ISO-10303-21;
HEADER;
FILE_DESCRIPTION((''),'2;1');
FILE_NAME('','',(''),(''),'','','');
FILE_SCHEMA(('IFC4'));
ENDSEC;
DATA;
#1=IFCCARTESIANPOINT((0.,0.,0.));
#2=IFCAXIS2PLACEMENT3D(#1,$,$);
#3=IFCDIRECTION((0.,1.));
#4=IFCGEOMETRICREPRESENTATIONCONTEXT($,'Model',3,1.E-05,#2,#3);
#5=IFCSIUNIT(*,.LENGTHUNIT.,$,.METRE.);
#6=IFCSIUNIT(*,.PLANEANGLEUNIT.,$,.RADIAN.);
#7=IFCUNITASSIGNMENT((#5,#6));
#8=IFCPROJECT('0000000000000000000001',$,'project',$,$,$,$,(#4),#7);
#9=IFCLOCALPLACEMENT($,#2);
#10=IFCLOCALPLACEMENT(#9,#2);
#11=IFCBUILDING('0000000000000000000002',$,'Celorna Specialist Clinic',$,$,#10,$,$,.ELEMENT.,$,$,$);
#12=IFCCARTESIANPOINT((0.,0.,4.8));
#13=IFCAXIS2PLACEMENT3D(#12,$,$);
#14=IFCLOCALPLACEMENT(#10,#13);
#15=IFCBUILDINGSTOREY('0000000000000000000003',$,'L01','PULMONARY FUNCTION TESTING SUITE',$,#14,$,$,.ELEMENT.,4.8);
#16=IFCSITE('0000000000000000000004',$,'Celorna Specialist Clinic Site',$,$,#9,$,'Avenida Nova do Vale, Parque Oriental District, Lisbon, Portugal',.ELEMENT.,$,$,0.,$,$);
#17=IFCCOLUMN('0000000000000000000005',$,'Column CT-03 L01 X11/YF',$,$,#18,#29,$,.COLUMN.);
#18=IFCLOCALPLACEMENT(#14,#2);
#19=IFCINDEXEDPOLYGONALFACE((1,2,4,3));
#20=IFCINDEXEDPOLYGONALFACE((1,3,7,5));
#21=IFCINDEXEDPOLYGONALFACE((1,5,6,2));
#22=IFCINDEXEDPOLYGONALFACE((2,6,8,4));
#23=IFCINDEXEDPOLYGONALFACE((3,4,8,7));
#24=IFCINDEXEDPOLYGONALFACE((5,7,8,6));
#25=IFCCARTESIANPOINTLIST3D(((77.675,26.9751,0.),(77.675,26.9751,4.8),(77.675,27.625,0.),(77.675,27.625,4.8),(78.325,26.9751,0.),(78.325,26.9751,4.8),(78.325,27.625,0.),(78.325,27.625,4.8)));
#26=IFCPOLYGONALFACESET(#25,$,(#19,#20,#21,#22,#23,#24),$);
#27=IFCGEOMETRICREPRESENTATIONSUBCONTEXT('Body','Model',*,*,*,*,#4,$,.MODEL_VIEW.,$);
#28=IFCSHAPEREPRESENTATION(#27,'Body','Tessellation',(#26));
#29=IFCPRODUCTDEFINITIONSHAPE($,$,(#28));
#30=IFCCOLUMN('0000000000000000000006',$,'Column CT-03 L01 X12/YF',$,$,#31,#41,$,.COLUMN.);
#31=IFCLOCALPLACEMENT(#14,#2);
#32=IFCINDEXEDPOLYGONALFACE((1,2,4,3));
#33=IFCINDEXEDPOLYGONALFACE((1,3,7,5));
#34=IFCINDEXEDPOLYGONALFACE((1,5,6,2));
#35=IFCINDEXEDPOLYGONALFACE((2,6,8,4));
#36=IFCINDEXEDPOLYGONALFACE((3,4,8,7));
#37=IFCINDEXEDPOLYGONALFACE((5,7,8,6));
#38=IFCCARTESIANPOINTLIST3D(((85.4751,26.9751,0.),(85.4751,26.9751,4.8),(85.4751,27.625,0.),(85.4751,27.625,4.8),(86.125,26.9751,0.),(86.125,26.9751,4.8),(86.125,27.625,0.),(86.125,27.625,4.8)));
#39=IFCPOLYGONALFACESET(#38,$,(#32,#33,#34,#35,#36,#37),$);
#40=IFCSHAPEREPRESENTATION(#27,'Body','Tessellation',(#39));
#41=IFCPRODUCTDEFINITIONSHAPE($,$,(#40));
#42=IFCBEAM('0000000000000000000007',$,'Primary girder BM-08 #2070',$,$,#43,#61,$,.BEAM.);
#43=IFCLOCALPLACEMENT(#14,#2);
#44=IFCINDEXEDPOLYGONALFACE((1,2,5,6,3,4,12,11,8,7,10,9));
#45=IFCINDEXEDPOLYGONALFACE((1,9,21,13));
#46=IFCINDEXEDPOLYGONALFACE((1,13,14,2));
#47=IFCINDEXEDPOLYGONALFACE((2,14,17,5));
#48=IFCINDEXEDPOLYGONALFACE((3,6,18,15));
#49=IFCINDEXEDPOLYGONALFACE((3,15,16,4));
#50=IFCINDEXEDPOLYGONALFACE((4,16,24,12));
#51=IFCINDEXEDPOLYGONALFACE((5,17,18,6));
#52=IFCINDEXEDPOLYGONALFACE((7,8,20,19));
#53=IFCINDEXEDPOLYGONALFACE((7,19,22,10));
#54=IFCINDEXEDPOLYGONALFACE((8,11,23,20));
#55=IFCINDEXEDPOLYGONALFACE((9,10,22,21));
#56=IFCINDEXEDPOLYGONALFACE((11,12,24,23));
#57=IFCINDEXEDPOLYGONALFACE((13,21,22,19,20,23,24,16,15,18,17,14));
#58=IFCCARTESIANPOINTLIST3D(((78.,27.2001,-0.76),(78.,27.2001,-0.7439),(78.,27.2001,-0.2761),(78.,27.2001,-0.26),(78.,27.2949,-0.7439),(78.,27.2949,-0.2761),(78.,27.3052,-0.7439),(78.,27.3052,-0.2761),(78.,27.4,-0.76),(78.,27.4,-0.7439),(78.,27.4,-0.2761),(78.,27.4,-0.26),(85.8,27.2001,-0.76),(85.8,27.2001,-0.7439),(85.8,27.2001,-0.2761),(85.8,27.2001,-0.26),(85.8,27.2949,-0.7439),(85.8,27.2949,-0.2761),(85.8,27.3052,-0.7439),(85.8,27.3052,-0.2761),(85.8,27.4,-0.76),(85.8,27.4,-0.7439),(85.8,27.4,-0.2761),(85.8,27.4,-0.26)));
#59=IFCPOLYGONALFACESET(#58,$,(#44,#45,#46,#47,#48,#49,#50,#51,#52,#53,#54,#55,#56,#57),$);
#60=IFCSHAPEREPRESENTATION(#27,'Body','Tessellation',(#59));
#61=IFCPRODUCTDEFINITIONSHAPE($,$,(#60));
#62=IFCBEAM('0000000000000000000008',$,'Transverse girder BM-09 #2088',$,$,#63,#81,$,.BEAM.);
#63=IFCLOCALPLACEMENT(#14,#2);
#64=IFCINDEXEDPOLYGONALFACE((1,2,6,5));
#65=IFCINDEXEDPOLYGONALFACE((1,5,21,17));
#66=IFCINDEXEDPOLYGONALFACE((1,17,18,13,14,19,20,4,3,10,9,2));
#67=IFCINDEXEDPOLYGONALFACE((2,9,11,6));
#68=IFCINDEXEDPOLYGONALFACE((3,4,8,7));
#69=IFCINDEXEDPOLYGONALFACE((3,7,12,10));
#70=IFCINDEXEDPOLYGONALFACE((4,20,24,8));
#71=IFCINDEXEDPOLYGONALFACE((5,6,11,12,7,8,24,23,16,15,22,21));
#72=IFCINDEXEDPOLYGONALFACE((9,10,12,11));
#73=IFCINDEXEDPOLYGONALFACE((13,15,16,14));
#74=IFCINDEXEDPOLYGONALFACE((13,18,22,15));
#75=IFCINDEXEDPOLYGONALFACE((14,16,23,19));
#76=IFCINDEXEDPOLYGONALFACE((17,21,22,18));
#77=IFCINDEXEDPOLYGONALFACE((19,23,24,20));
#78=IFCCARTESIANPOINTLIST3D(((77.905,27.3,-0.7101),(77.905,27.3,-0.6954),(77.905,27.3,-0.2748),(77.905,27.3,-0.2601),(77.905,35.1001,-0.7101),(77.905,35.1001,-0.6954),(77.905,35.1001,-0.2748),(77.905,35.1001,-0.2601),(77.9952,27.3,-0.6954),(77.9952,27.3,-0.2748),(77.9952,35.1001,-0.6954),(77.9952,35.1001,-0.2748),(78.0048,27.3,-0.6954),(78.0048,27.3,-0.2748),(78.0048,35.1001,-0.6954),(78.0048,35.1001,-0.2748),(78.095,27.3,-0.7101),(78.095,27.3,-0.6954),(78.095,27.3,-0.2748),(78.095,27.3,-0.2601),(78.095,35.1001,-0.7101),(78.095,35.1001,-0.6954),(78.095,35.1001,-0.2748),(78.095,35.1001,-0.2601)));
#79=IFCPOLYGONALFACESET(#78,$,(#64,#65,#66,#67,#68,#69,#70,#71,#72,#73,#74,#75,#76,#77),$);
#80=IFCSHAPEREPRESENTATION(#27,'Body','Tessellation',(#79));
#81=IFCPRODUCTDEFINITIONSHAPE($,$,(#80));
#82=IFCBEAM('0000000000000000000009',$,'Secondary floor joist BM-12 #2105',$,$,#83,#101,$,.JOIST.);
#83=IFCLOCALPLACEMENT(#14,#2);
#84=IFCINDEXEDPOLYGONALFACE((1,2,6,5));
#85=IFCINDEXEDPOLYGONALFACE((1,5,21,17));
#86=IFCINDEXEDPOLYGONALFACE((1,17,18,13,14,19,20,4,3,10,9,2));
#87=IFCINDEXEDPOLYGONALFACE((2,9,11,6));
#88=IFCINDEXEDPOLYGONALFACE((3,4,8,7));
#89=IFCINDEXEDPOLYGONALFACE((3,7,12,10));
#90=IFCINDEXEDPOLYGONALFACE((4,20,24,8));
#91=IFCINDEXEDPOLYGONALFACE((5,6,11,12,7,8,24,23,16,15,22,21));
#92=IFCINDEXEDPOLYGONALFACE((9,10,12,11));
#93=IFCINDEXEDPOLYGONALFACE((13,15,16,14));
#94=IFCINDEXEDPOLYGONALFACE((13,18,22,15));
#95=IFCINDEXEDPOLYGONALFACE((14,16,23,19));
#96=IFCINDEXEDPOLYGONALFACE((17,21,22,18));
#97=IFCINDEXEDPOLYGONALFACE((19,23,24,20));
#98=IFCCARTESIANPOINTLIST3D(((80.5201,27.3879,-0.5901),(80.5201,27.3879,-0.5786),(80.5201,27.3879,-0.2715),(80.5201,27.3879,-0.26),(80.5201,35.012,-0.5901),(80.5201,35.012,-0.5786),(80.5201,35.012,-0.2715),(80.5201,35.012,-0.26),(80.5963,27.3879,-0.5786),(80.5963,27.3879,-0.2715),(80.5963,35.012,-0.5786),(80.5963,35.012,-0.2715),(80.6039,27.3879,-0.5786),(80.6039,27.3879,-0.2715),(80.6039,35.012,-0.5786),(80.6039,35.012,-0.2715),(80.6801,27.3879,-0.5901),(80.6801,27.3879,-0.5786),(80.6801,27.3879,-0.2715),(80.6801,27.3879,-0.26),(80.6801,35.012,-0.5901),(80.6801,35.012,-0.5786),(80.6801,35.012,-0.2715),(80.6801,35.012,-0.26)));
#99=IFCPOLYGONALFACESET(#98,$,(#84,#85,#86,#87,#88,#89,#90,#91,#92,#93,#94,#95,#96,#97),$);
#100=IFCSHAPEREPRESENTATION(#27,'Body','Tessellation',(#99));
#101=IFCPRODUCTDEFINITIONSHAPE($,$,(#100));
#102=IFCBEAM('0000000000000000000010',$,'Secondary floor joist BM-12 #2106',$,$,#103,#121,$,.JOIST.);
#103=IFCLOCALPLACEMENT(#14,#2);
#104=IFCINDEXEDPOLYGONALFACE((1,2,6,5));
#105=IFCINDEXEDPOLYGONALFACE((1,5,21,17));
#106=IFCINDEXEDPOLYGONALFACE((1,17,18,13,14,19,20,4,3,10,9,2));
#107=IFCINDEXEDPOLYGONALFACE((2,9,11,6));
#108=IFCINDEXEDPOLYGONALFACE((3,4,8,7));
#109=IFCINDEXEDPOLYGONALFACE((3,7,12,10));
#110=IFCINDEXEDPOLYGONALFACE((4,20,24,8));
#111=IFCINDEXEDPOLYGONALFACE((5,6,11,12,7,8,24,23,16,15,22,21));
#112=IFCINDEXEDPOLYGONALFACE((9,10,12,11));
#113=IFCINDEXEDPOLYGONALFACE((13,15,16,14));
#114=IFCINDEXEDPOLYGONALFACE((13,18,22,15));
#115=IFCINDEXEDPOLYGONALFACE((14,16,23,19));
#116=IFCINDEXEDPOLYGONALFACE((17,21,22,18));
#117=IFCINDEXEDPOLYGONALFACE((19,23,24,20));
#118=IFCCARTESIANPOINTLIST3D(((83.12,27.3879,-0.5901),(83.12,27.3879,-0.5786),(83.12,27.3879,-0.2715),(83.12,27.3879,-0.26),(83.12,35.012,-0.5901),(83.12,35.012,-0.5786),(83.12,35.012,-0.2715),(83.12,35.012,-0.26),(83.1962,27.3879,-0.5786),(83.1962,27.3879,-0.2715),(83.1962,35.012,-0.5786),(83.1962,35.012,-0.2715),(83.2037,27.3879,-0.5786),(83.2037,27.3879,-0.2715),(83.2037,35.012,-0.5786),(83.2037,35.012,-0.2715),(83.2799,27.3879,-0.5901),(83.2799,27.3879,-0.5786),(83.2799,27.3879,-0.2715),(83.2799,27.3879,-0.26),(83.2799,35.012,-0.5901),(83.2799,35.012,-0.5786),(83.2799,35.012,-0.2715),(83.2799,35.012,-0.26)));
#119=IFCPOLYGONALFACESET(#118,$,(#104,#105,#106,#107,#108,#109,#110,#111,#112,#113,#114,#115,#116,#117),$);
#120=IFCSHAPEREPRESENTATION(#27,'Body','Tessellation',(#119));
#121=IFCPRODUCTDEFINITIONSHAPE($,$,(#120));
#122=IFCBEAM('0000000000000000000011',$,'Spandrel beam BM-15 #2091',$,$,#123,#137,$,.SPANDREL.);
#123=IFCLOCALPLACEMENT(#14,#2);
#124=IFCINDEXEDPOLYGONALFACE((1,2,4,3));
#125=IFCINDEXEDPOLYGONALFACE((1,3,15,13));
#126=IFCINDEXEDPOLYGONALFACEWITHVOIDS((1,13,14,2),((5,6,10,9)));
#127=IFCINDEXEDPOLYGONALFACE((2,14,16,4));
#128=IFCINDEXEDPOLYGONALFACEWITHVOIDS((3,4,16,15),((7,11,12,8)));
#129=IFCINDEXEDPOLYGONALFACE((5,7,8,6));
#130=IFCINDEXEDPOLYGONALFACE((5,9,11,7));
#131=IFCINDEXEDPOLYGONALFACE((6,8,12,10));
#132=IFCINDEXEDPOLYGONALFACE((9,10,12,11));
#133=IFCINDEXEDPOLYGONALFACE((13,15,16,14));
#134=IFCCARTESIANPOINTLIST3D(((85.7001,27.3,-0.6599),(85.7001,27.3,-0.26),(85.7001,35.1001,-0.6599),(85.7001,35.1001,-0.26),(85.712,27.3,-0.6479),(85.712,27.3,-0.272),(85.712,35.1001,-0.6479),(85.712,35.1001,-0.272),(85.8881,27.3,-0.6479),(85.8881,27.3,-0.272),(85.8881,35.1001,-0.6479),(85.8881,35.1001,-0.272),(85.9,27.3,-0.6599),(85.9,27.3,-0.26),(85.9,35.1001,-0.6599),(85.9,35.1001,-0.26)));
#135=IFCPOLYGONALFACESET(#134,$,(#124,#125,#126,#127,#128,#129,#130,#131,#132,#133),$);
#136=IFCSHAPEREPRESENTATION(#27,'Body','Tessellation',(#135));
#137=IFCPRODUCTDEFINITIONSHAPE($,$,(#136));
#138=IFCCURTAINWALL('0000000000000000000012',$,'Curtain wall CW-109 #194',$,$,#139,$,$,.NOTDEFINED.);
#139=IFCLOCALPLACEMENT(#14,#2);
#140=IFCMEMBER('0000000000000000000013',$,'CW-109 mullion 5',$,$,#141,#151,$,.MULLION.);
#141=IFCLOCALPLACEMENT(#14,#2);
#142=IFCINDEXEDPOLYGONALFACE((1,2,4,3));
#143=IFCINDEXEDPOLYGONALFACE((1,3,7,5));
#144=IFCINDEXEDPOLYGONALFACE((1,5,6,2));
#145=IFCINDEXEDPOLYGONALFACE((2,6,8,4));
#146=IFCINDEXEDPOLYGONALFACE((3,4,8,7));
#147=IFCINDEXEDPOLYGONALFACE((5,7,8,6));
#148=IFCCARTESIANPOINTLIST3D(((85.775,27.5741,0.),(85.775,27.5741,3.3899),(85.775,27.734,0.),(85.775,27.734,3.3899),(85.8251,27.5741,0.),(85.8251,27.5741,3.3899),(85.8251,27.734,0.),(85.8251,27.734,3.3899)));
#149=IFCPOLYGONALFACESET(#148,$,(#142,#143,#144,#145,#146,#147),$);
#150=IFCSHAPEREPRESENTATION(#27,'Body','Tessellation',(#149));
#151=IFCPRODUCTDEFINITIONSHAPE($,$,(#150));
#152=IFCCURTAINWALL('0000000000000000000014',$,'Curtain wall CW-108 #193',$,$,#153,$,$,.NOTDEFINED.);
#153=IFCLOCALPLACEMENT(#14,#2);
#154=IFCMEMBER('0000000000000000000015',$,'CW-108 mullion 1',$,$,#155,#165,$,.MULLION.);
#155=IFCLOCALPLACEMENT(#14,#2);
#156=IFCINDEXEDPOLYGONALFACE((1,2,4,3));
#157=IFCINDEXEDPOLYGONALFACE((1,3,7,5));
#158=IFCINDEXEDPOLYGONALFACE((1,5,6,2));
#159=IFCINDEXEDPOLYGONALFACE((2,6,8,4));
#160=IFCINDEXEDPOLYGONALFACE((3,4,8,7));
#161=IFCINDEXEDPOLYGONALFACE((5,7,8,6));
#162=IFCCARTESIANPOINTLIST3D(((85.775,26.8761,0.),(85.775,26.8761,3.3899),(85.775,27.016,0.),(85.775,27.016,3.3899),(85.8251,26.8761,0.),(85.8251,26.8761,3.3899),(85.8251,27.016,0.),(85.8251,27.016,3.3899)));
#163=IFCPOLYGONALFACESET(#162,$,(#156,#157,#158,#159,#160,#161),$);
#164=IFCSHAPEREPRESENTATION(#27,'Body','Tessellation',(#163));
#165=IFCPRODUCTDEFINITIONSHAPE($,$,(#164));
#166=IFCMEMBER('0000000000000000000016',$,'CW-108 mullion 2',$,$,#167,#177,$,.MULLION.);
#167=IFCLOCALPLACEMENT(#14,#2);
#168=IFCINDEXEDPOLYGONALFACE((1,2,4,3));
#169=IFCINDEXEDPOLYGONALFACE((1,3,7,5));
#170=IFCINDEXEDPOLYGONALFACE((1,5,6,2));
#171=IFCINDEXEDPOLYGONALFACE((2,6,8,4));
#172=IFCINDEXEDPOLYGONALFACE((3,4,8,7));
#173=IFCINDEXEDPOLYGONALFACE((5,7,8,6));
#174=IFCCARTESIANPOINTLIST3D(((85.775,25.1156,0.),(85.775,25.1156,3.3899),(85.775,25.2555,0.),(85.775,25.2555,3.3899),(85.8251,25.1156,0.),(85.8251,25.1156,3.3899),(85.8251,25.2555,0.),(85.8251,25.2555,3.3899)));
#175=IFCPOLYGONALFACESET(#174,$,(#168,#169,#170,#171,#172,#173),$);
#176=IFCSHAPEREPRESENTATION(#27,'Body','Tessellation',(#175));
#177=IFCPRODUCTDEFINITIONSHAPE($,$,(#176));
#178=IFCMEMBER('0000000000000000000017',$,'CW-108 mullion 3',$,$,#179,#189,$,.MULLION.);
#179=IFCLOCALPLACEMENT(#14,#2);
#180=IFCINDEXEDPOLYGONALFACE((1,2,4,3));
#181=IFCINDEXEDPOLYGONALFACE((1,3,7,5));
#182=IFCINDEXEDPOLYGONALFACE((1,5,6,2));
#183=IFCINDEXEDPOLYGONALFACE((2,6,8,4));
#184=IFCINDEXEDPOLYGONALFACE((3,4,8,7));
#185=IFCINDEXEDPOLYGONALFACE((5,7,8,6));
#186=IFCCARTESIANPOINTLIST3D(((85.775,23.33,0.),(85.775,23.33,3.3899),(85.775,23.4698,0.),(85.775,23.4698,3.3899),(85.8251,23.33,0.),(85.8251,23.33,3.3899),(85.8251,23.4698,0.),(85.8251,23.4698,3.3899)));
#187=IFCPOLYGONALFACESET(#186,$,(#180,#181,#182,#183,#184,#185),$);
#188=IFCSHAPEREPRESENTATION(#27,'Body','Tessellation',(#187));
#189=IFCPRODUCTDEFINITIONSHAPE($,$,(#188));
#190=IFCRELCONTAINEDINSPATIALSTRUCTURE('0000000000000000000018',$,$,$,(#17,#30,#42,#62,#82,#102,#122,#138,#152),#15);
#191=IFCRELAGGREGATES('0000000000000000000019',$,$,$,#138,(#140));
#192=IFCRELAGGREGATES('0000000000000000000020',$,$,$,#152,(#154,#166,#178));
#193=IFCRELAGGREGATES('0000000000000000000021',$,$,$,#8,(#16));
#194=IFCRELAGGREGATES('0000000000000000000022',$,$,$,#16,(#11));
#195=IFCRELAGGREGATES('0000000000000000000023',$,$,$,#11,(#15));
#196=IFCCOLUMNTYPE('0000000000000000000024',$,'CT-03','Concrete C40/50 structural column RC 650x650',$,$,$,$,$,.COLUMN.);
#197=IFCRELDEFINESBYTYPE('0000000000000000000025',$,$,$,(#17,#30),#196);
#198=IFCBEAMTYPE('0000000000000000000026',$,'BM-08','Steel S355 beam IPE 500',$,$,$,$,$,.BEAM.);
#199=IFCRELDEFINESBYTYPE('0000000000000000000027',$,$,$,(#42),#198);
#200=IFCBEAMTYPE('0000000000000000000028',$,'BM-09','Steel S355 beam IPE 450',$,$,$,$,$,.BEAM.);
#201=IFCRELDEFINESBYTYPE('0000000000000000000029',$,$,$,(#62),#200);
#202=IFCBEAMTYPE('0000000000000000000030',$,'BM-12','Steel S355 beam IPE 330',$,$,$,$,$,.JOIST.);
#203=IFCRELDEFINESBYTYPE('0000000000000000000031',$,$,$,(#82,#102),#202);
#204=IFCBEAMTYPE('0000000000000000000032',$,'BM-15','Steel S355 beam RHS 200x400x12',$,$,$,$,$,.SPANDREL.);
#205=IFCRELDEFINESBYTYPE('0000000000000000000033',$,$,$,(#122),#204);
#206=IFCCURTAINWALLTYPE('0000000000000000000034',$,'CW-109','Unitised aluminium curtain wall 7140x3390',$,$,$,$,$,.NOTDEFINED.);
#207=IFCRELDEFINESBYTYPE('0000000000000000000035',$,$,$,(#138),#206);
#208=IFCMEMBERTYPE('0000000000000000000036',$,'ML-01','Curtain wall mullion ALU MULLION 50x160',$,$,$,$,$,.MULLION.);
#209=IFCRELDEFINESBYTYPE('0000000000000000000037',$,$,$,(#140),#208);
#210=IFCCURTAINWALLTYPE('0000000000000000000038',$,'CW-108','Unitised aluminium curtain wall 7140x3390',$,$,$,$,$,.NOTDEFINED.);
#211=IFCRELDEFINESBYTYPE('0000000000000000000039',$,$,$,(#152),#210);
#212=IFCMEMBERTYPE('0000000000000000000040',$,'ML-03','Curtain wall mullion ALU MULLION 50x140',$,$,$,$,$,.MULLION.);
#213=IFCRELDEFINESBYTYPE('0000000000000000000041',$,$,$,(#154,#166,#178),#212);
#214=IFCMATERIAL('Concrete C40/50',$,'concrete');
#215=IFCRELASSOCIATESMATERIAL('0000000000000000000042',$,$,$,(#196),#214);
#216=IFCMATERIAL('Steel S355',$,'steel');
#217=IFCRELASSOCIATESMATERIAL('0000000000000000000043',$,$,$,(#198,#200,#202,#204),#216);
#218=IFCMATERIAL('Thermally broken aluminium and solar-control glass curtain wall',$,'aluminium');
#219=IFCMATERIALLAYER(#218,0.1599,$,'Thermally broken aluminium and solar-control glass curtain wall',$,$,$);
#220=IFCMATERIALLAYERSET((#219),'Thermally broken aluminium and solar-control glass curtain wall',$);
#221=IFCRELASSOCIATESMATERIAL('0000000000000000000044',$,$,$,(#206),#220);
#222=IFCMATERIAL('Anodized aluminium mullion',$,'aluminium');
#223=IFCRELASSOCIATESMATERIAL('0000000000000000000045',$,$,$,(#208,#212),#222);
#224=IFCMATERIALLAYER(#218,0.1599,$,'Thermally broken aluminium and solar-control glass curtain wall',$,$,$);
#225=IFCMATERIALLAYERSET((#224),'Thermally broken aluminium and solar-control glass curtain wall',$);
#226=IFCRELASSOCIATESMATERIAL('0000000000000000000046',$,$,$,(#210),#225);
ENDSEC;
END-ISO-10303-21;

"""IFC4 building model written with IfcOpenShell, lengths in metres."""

from ifc_helpers import new_model, si_unit, direction, frame, origin, origin_2d, place, context, subcontext, project, spatial, rectangle, hollow_rectangle, i_section, extrude, material, layer, layer_set, material_profile, profile_set, type_object, element, aggregate, save


model = new_model("IFC4")

# Units and contexts
model_context = context("Model", 3, precision=1e-05, world=origin(), true_north=direction((0.0, 1.0)))
body_context = subcontext(model_context, "Body", "Model", "MODEL_VIEW")
ifc_project = project(units=[si_unit("LENGTHUNIT", "METRE"), si_unit("PLANEANGLEUNIT", "RADIAN")], contexts=[model_context])

# Site, building, storey
site_placement = place(None, origin())
site = spatial("IfcSite", under=ifc_project, at=site_placement, Name="Celorna Specialist Clinic Site", LongName="Avenida Nova do Vale, Parque Oriental District, Lisbon, Portugal", CompositionType="ELEMENT", RefElevation=0.0)
building_placement = place(site_placement, origin())
building = spatial("IfcBuilding", under=site, at=building_placement, Name="Celorna Specialist Clinic", CompositionType="ELEMENT")
storey_placement = place(building_placement, frame((0.0, 0.0, 4.8)))
storey = spatial("IfcBuildingStorey", under=building, at=storey_placement, Name="L01", Description="PULMONARY FUNCTION TESTING SUITE", CompositionType="ELEMENT", Elevation=4.8)

# Columns
ifc_material_1 = material(Name="Concrete C40/50", Category="concrete")
ifc_material_profile_1 = material_profile(ifc_material_1, rectangle(XDim=0.6499, YDim=0.6499, at=origin_2d()), Name="RC 650x650")
ifc_profile_set_1 = profile_set([ifc_material_profile_1], Name="Concrete C40/50")
column_type = type_object("IfcColumnType", Name="CT-03", Description="Concrete C40/50 structural column RC 650x650", PredefinedType="COLUMN", material=ifc_profile_set_1)
for number, where, z_axis, x_axis, name in (
    (1, (78.0, 27.3, 0.0), (0.0, 0.0, 1.0), (1.0, 0.0, 0.0), "Column CT-03 L01 X11/YF"),
    (2, (85.8, 27.3, 0.0), (0.0, 0.0, 1.0), (1.0, 0.0, 0.0), "Column CT-03 L01 X12/YF"),
):
    element("IfcColumn", number, at=place(storey_placement, frame(where, z_axis=z_axis, x_axis=x_axis)), inside=storey, type_object=column_type, Name=name, PredefinedType="COLUMN", context=body_context, shape_type="SweptSolid", body=[
        extrude(rectangle(XDim=0.6499, YDim=0.6499, at=origin_2d()), origin(), (0.0, 0.0, 1.0), 4.8),
    ])

# Beams
ifc_material_2 = material(Name="Steel S355", Category="steel")
ifc_material_profile_2 = material_profile(ifc_material_2, i_section(OverallWidth=0.2, OverallDepth=0.5, WebThickness=0.0103, FlangeThickness=0.0161, at=origin_2d()), Name="IPE 500")
ifc_profile_set_2 = profile_set([ifc_material_profile_2], Name="Steel S355")
beam_type_1 = type_object("IfcBeamType", Name="BM-08", Description="Steel S355 beam IPE 500", PredefinedType="BEAM", material=ifc_profile_set_2)
beam_1_placement = place(storey_placement, frame((78.0, 27.3, -0.51), z_axis=(1.0, 0.0, 0.0), x_axis=(0.0, 1.0, 0.0)))
element("IfcBeam", 3, at=beam_1_placement, inside=storey, type_object=beam_type_1, Name="Primary girder BM-08 #2070", PredefinedType="BEAM", context=body_context, shape_type="SweptSolid", body=[
    extrude(i_section(OverallWidth=0.2, OverallDepth=0.5, WebThickness=0.0103, FlangeThickness=0.0161, at=origin_2d()), origin(), (0.0, 0.0, 1.0), 7.8),
])
ifc_material_profile_3 = material_profile(ifc_material_2, i_section(OverallWidth=0.1899, OverallDepth=0.45, WebThickness=0.0095, FlangeThickness=0.0146, at=origin_2d()), Name="IPE 450")
ifc_profile_set_3 = profile_set([ifc_material_profile_3], Name="Steel S355")
beam_type_2 = type_object("IfcBeamType", Name="BM-09", Description="Steel S355 beam IPE 450", PredefinedType="BEAM", material=ifc_profile_set_3)
beam_2_placement = place(storey_placement, frame((78.0, 27.3, -0.4851), z_axis=(0.0, 1.0, 0.0), x_axis=(-1.0, 0.0, 0.0)))
element("IfcBeam", 4, at=beam_2_placement, inside=storey, type_object=beam_type_2, Name="Transverse girder BM-09 #2088", PredefinedType="BEAM", context=body_context, shape_type="SweptSolid", body=[
    extrude(i_section(OverallWidth=0.1899, OverallDepth=0.45, WebThickness=0.0095, FlangeThickness=0.0146, at=origin_2d()), origin(), (0.0, 0.0, 1.0), 7.8),
])
ifc_material_profile_4 = material_profile(ifc_material_2, i_section(OverallWidth=0.1599, OverallDepth=0.3301, WebThickness=0.0076, FlangeThickness=0.0115, at=origin_2d()), Name="IPE 330")
ifc_profile_set_4 = profile_set([ifc_material_profile_4], Name="Steel S355")
beam_type_3 = type_object("IfcBeamType", Name="BM-12", Description="Steel S355 beam IPE 330", PredefinedType="JOIST", material=ifc_profile_set_4)
for number, where, z_axis, x_axis, name in (
    (5, (80.6001, 27.3879, -0.425), (0.0, 1.0, 0.0), (-1.0, 0.0, 0.0), "Secondary floor joist BM-12 #2105"),
    (6, (83.2, 27.3879, -0.425), (0.0, 1.0, 0.0), (-1.0, 0.0, 0.0), "Secondary floor joist BM-12 #2106"),
):
    element("IfcBeam", number, at=place(storey_placement, frame(where, z_axis=z_axis, x_axis=x_axis)), inside=storey, type_object=beam_type_3, Name=name, PredefinedType="JOIST", context=body_context, shape_type="SweptSolid", body=[
        extrude(i_section(OverallWidth=0.1599, OverallDepth=0.3301, WebThickness=0.0076, FlangeThickness=0.0115, at=origin_2d()), origin(), (0.0, 0.0, 1.0), 7.624),
    ])
ifc_material_profile_5 = material_profile(ifc_material_2, hollow_rectangle(XDim=0.2, YDim=0.3999, WallThickness=0.012, at=origin_2d()), Name="RHS 200x400x12")
ifc_profile_set_5 = profile_set([ifc_material_profile_5], Name="Steel S355")
beam_type_4 = type_object("IfcBeamType", Name="BM-15", Description="Steel S355 beam RHS 200x400x12", PredefinedType="SPANDREL", material=ifc_profile_set_5)
beam_3_placement = place(storey_placement, frame((85.8, 27.3, -0.46), z_axis=(0.0, 1.0, 0.0), x_axis=(-1.0, 0.0, 0.0)))
element("IfcBeam", 7, at=beam_3_placement, inside=storey, type_object=beam_type_4, Name="Spandrel beam BM-15 #2091", PredefinedType="SPANDREL", context=body_context, shape_type="SweptSolid", body=[
    extrude(hollow_rectangle(XDim=0.2, YDim=0.3999, WallThickness=0.012, at=origin_2d()), origin(), (0.0, 0.0, 1.0), 7.8),
])

# Curtain wall, member
ifc_material_3 = material(Name="Thermally broken aluminium and solar-control glass curtain wall", Category="aluminium")
ifc_layer_1 = layer(ifc_material_3, 0.1599, Name="Thermally broken aluminium and solar-control glass curtain wall")
ifc_layer_set_1 = layer_set([ifc_layer_1], Name="Thermally broken aluminium and solar-control glass curtain wall")
curtain_wall_type_1 = type_object("IfcCurtainWallType", Name="CW-109", Description="Unitised aluminium curtain wall 7140x3390", PredefinedType="NOTDEFINED", material=ifc_layer_set_1)
curtain_wall_1_placement = place(storey_placement, origin())
curtain_wall_1 = element("IfcCurtainWall", 8, at=curtain_wall_1_placement, inside=storey, type_object=curtain_wall_type_1, Name="Curtain wall CW-109 #194", PredefinedType="NOTDEFINED")
ifc_material_4 = material(Name="Anodized aluminium mullion", Category="aluminium")
ifc_material_profile_6 = material_profile(ifc_material_4, rectangle(XDim=0.05, YDim=0.1599, at=origin_2d()), Name="ALU MULLION 50x160")
ifc_profile_set_6 = profile_set([ifc_material_profile_6], Name="Anodized aluminium mullion")
member_type_1 = type_object("IfcMemberType", Name="ML-01", Description="Curtain wall mullion ALU MULLION 50x160", PredefinedType="MULLION", material=ifc_profile_set_6)
member_1_placement = place(storey_placement, frame((85.8, 27.6541, 0.0), z_axis=(0.0, 0.0, 1.0), x_axis=(1.0, 0.0, 0.0)))
member_1 = element("IfcMember", 9, at=member_1_placement, type_object=member_type_1, Name="CW-109 mullion 5", PredefinedType="MULLION", context=body_context, shape_type="SweptSolid", body=[
    extrude(rectangle(XDim=0.05, YDim=0.1599, at=origin_2d()), origin(), (0.0, 0.0, 1.0), 3.3899),
])

# Curtain wall, members
ifc_layer_2 = layer(ifc_material_3, 0.1599, Name="Thermally broken aluminium and solar-control glass curtain wall")
ifc_layer_set_2 = layer_set([ifc_layer_2], Name="Thermally broken aluminium and solar-control glass curtain wall")
curtain_wall_type_2 = type_object("IfcCurtainWallType", Name="CW-108", Description="Unitised aluminium curtain wall 7140x3390", PredefinedType="NOTDEFINED", material=ifc_layer_set_2)
curtain_wall_2_placement = place(storey_placement, origin())
curtain_wall_2 = element("IfcCurtainWall", 10, at=curtain_wall_2_placement, inside=storey, type_object=curtain_wall_type_2, Name="Curtain wall CW-108 #193", PredefinedType="NOTDEFINED")
ifc_material_profile_7 = material_profile(ifc_material_4, rectangle(XDim=0.05, YDim=0.1399, at=origin_2d()), Name="ALU MULLION 50x140")
ifc_profile_set_7 = profile_set([ifc_material_profile_7], Name="Anodized aluminium mullion")
member_type_2 = type_object("IfcMemberType", Name="ML-03", Description="Curtain wall mullion ALU MULLION 50x140", PredefinedType="MULLION", material=ifc_profile_set_7)
member_2_placement = place(storey_placement, frame((85.8, 26.946, 0.0), z_axis=(0.0, 0.0, 1.0), x_axis=(1.0, 0.0, 0.0)))
member_2 = element("IfcMember", 11, at=member_2_placement, type_object=member_type_2, Name="CW-108 mullion 1", PredefinedType="MULLION", context=body_context, shape_type="SweptSolid", body=[
    extrude(rectangle(XDim=0.05, YDim=0.1399, at=origin_2d()), origin(), (0.0, 0.0, 1.0), 3.3899),
])
member_3_placement = place(storey_placement, frame((85.8, 25.1855, 0.0), z_axis=(0.0, 0.0, 1.0), x_axis=(1.0, 0.0, 0.0)))
member_3 = element("IfcMember", 12, at=member_3_placement, type_object=member_type_2, Name="CW-108 mullion 2", PredefinedType="MULLION", context=body_context, shape_type="SweptSolid", body=[
    extrude(rectangle(XDim=0.05, YDim=0.1399, at=origin_2d()), origin(), (0.0, 0.0, 1.0), 3.3899),
])
member_4_placement = place(storey_placement, frame((85.8, 23.3999, 0.0), z_axis=(0.0, 0.0, 1.0), x_axis=(1.0, 0.0, 0.0)))
member_4 = element("IfcMember", 13, at=member_4_placement, type_object=member_type_2, Name="CW-108 mullion 3", PredefinedType="MULLION", context=body_context, shape_type="SweptSolid", body=[
    extrude(rectangle(XDim=0.05, YDim=0.1399, at=origin_2d()), origin(), (0.0, 0.0, 1.0), 3.3899),
])

aggregate(curtain_wall_1, [member_1])
aggregate(curtain_wall_2, [member_2, member_3, member_4])

save(model, "model.ifc")
